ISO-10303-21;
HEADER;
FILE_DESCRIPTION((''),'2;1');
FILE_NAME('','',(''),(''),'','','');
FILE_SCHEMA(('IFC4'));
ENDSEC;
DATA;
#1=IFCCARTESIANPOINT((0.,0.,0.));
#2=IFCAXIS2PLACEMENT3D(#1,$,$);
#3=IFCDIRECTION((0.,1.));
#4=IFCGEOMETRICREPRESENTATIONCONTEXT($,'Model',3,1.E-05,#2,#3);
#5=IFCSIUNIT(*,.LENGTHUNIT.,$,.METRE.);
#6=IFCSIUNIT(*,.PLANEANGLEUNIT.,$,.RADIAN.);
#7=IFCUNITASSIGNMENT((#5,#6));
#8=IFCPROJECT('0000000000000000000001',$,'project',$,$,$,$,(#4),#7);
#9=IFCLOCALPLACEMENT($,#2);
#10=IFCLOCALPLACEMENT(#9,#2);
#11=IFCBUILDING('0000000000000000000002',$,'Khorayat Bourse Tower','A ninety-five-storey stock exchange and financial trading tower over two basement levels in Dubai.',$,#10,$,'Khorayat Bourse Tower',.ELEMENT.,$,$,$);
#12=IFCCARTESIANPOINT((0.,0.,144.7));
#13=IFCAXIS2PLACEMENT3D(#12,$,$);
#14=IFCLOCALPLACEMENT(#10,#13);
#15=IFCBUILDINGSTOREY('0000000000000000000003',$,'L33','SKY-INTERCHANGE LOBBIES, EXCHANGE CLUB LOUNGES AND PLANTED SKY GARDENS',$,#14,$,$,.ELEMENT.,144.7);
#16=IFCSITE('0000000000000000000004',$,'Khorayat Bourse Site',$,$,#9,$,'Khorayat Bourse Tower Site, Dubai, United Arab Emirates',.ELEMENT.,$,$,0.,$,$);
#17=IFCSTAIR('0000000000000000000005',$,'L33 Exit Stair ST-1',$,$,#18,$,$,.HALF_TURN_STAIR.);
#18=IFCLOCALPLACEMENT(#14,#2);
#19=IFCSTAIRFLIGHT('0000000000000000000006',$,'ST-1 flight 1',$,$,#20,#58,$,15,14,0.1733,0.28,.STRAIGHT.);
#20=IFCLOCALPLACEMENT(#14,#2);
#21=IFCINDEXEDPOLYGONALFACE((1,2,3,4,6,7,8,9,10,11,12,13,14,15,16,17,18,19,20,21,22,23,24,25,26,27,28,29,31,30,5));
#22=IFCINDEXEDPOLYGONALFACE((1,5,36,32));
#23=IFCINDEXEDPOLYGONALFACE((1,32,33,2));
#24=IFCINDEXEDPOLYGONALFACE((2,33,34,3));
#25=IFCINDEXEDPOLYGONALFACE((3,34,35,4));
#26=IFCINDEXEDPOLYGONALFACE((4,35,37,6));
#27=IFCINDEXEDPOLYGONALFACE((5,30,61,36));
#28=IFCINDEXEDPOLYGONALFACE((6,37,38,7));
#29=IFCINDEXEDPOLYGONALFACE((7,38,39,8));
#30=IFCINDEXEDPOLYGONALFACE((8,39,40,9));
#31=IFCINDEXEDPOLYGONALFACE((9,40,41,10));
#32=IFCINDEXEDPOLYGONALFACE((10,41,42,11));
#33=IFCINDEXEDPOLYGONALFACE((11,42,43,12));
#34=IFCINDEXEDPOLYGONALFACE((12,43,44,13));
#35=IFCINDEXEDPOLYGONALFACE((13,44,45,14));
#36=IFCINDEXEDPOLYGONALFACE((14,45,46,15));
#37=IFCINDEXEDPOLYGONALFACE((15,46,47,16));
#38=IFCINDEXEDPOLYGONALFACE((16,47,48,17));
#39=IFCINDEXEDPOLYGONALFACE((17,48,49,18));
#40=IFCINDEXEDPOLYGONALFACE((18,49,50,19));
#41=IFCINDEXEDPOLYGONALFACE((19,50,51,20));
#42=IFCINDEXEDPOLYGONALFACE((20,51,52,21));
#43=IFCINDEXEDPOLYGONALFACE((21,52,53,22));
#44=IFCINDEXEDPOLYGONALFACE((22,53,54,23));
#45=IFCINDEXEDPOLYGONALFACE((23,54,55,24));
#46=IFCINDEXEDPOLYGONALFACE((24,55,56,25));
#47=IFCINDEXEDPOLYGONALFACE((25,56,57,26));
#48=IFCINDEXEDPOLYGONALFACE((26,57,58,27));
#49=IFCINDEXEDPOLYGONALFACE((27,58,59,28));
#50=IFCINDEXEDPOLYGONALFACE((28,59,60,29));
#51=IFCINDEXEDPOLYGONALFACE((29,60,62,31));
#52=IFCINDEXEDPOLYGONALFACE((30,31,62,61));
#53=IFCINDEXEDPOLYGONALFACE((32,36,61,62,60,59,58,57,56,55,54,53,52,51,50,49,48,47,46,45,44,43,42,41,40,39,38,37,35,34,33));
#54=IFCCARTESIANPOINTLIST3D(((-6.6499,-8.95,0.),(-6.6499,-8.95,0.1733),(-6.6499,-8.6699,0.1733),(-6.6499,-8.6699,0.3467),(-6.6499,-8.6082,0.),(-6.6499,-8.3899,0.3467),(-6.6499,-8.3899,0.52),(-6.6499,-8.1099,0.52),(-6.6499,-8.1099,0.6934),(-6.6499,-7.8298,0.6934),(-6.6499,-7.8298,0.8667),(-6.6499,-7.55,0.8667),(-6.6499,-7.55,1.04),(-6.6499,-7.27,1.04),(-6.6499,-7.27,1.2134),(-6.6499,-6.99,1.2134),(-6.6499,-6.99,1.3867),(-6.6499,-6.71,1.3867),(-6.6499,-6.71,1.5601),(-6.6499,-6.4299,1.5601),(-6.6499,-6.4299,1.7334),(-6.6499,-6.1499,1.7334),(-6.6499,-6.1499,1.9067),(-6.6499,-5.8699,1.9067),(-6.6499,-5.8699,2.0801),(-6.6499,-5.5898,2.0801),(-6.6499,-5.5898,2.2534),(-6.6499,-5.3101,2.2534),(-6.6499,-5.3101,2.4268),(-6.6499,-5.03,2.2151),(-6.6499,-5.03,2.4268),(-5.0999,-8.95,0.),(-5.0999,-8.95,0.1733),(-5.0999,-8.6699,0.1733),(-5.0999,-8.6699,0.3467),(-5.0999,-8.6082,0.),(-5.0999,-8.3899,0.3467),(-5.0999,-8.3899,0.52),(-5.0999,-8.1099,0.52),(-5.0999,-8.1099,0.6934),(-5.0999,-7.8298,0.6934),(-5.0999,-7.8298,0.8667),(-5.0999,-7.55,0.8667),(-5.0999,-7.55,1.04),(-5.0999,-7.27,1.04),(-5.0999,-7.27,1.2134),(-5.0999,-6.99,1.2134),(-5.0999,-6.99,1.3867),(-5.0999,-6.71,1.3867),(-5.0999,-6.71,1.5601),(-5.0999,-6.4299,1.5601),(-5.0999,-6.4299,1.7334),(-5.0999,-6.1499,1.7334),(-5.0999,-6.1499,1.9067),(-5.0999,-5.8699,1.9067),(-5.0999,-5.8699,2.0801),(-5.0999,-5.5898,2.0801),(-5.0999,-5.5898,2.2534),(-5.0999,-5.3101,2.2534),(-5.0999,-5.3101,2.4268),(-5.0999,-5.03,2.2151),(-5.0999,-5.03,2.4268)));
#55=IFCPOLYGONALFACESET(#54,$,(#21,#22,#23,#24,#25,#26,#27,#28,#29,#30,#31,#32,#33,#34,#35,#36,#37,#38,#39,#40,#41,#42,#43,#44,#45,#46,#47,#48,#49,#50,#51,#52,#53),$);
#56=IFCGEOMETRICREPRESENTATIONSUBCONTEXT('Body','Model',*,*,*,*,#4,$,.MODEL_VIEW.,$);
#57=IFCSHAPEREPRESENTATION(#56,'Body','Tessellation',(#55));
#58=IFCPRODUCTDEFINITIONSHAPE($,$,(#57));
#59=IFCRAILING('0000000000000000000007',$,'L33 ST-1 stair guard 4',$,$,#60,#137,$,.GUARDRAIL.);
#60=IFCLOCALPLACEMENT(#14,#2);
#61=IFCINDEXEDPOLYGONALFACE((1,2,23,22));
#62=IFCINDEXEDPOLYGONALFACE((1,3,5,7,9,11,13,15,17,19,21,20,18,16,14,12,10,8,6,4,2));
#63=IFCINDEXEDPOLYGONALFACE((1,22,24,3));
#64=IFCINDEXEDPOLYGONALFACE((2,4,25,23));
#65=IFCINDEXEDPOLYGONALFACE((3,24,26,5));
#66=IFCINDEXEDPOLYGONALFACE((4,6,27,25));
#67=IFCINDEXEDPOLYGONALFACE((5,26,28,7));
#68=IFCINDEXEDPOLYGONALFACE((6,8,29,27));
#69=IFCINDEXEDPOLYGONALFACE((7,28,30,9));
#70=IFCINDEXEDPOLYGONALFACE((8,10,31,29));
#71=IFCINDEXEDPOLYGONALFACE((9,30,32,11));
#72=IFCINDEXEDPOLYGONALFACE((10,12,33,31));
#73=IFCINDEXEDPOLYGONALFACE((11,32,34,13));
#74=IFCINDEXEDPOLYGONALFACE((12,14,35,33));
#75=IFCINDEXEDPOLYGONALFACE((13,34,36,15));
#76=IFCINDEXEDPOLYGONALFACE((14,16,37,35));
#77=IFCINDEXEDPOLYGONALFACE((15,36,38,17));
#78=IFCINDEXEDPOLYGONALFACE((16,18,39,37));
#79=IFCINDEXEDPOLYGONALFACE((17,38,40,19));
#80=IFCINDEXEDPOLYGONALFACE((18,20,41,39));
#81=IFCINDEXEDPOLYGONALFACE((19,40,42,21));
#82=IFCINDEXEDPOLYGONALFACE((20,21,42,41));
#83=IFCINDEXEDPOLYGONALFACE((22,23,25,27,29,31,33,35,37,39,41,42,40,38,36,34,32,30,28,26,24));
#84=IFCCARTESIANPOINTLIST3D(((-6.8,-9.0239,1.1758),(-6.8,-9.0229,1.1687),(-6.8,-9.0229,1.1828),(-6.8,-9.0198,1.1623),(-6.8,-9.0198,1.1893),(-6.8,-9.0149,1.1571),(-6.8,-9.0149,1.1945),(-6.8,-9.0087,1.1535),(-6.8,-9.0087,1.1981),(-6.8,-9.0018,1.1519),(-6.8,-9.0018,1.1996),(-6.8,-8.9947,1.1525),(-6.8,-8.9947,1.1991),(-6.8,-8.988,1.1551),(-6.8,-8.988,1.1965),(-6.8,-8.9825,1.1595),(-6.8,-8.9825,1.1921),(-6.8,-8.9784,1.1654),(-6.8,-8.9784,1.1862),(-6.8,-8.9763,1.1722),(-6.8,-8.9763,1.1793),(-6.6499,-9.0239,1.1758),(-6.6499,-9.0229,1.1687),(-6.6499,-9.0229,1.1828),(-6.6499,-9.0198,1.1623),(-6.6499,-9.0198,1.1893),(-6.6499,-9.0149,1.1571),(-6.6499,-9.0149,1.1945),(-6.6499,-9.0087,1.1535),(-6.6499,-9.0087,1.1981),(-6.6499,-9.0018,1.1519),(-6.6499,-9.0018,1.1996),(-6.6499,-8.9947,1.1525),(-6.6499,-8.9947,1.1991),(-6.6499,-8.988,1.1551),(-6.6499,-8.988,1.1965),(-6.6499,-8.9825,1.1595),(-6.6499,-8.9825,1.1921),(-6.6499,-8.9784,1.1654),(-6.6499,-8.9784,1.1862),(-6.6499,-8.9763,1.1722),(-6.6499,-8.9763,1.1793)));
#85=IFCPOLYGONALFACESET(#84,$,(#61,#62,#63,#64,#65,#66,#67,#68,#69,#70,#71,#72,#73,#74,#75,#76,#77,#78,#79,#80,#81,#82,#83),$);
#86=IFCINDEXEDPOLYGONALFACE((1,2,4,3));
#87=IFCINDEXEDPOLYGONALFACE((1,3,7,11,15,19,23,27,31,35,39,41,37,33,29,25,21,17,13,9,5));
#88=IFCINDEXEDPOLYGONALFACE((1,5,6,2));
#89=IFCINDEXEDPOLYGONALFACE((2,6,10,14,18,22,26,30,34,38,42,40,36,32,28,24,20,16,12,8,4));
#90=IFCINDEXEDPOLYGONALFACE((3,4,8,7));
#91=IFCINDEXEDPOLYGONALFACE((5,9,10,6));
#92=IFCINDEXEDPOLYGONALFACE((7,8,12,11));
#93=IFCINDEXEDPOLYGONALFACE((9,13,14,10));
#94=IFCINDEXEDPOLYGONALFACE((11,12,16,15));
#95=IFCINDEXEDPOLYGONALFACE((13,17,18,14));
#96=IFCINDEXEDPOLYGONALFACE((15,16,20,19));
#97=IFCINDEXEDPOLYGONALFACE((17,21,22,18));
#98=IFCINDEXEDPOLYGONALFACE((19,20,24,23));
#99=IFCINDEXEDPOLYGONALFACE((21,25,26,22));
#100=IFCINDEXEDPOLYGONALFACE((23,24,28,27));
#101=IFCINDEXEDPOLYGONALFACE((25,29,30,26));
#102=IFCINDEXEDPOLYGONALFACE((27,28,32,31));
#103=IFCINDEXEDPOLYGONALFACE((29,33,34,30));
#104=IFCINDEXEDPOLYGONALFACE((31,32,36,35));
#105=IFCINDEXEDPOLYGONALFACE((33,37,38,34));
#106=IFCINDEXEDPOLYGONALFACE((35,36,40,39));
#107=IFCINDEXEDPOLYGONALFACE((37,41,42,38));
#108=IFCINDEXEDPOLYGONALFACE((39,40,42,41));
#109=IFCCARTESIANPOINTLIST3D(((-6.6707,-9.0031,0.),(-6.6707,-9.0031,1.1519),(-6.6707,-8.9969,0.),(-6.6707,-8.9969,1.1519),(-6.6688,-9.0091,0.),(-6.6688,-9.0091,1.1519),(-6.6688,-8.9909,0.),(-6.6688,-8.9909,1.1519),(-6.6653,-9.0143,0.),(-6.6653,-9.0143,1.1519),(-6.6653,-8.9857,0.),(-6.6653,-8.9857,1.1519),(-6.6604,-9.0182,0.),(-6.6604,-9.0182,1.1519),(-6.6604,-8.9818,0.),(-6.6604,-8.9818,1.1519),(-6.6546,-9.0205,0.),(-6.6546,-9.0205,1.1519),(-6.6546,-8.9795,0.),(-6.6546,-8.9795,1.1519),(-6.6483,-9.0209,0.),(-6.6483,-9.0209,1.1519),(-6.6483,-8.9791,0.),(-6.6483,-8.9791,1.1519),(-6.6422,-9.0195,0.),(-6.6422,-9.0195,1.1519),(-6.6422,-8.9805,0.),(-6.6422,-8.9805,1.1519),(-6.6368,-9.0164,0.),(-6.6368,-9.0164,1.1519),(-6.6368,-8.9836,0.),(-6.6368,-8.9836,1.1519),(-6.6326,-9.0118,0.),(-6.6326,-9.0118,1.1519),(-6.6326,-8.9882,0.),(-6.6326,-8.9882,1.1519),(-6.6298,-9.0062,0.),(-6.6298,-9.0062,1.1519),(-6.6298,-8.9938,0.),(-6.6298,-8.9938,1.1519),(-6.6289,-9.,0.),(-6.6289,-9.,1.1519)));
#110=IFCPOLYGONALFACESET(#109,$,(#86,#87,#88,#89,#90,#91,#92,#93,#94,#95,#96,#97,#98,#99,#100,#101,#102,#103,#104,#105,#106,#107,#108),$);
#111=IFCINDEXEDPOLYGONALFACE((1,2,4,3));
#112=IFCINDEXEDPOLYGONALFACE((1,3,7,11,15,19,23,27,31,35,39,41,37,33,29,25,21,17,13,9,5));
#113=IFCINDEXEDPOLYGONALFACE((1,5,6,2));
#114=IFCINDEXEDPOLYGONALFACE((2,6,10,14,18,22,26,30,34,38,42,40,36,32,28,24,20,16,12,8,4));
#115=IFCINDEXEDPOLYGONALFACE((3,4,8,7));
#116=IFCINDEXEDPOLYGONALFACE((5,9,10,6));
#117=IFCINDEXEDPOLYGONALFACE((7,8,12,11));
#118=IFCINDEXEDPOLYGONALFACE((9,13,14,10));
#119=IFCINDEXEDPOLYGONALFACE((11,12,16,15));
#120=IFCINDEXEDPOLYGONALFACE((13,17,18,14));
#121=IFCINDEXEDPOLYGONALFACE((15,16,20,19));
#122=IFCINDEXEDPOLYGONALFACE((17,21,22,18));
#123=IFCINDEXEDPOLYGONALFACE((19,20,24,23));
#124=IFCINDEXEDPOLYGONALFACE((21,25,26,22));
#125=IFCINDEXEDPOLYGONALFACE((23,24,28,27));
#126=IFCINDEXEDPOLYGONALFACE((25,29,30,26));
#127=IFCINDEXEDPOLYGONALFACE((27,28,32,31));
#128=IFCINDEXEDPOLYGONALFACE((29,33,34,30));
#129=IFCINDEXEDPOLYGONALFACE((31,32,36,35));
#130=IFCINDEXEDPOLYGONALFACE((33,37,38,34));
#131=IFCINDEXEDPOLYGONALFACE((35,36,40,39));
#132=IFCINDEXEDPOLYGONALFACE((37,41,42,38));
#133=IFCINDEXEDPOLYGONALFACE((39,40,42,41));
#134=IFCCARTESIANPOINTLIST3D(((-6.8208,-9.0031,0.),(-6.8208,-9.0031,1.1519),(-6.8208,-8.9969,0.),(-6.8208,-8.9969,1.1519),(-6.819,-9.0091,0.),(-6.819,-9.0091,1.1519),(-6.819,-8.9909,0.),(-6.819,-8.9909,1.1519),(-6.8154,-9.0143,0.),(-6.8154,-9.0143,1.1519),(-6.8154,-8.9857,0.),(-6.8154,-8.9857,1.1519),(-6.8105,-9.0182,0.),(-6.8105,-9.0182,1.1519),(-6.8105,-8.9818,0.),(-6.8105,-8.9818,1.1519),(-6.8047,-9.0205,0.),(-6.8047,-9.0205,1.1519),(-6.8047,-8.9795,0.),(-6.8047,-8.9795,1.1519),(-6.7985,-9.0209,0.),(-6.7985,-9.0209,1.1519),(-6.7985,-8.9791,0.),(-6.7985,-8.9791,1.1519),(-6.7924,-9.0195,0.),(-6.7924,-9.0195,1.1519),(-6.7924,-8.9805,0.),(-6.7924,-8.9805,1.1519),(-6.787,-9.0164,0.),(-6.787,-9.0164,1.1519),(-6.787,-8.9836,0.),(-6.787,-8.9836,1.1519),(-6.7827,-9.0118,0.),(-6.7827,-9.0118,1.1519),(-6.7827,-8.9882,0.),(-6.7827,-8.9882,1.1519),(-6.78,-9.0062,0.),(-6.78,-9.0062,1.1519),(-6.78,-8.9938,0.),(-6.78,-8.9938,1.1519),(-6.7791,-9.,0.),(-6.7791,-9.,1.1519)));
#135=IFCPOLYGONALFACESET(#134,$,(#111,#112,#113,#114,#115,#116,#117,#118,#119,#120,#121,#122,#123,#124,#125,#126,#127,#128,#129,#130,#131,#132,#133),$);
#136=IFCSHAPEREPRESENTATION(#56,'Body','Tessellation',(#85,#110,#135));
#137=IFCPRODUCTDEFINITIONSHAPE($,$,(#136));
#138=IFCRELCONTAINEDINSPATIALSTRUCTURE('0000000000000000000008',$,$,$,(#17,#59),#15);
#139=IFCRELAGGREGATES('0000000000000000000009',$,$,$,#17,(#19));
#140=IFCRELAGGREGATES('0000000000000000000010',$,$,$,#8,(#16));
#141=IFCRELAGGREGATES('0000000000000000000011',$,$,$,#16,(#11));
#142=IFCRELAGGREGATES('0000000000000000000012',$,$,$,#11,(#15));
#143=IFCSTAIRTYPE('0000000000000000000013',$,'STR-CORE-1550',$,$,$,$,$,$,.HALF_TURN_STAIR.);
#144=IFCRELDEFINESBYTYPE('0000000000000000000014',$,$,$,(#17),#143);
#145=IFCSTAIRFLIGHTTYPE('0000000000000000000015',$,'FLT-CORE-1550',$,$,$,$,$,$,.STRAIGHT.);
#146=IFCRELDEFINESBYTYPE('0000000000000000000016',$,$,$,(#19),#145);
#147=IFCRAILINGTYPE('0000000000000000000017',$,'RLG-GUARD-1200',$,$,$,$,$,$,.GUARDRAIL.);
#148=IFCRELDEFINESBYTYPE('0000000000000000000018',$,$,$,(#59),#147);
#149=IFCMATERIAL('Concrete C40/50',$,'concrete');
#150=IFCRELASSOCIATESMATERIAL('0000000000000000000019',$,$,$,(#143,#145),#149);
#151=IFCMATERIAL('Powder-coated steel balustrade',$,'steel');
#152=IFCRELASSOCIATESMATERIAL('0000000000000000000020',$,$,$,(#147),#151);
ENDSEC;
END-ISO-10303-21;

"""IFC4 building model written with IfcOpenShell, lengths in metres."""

from ifc_helpers import new_model, si_unit, direction, frame, origin, origin_2d, place, context, subcontext, project, spatial, polyline, circle, outline, extrude, source, transform, mapped, material, type_object, element, aggregate, save


model = new_model("IFC4")

# Units and contexts
model_context = context("Model", 3, precision=1e-05, world=origin(), true_north=direction((0.0, 1.0)))
body_context = subcontext(model_context, "Body", "Model", "MODEL_VIEW")
ifc_project = project(units=[si_unit("LENGTHUNIT", "METRE"), si_unit("PLANEANGLEUNIT", "RADIAN")], contexts=[model_context])

# Site, building, storey
site_placement = place(None, origin())
site = spatial("IfcSite", under=ifc_project, at=site_placement, Name="Khorayat Bourse Site", LongName="Khorayat Bourse Tower Site, Dubai, United Arab Emirates", CompositionType="ELEMENT", RefElevation=0.0)
building_placement = place(site_placement, origin())
building = spatial("IfcBuilding", under=site, at=building_placement, Name="Khorayat Bourse Tower", Description="A ninety-five-storey stock exchange and financial trading tower over two basement levels in Dubai.", LongName="Khorayat Bourse Tower", CompositionType="ELEMENT")
storey_placement = place(building_placement, frame((0.0, 0.0, 144.7)))
storey = spatial("IfcBuildingStorey", under=building, at=storey_placement, Name="L33", Description="SKY-INTERCHANGE LOBBIES, EXCHANGE CLUB LOUNGES AND PLANTED SKY GARDENS", CompositionType="ELEMENT", Elevation=144.7)

# Stair, stair flight
ifc_material_1 = material(Name="Concrete C40/50", Category="concrete")
stair_type = type_object("IfcStairType", Name="STR-CORE-1550", PredefinedType="HALF_TURN_STAIR", material=ifc_material_1)
stair_placement = place(storey_placement, origin())
stair = element("IfcStair", 1, at=stair_placement, inside=storey, type_object=stair_type, Name="L33 Exit Stair ST-1", PredefinedType="HALF_TURN_STAIR")
stair_flight_type = type_object("IfcStairFlightType", Name="FLT-CORE-1550", PredefinedType="STRAIGHT", material=ifc_material_1)
shared_shape_1 = source(origin(), body_context, "Body", "SweptSolid", [
    extrude(outline(polyline([(0.0, 0.0), (0.0, 0.1733), (0.28, 0.1733), (0.28, 0.3467), (0.5601, 0.3467), (0.5601, 0.52), (0.8401, 0.52), (0.8401, 0.6934), (1.1201, 0.6934), (1.1201, 0.8667), (1.3999, 0.8667), (1.3999, 1.04), (1.6799, 1.04), (1.6799, 1.2134), (1.96, 1.2134), (1.96, 1.3867), (2.24, 1.3867), (2.24, 1.5601), (2.52, 1.5601), (2.52, 1.7334), (2.8, 1.7334), (2.8, 1.9067), (3.0801, 1.9067), (3.0801, 2.0801), (3.3601, 2.0801), (3.3601, 2.2534), (3.6399, 2.2534), (3.6399, 2.4268), (3.9199, 2.4268), (3.9199, 2.6001), (3.9199, 2.2151), (0.3418, 0.0), (0.0, 0.0)])), frame((0.0, 0.7749, 0.0), z_axis=(0.0, -1.0, 0.0), x_axis=(1.0, 0.0, 0.0)), (0.0, 0.0, 1.0), 1.55),
])
stair_flight_placement = place(storey_placement, frame((-5.875, -8.95, 0.0), z_axis=(0.0, 0.0, 1.0), x_axis=(0.0, 1.0, 0.0)))
stair_flight = element("IfcStairFlight", 2, at=stair_flight_placement, type_object=stair_flight_type, Name="ST-1 flight 1", NumberOfRisers=15, NumberOfTreads=14, PredefinedType="STRAIGHT", RiserHeight=0.1733, TreadLength=0.28, context=body_context, shape_type="MappedRepresentation", body=[
    mapped(shared_shape_1, transform((0.0, 0.0, 0.0), scale=1.0)),
])
aggregate(stair, [stair_flight])

# Railing
ifc_material_2 = material(Name="Powder-coated steel balustrade", Category="steel")
railing_type = type_object("IfcRailingType", Name="RLG-GUARD-1200", PredefinedType="GUARDRAIL", material=ifc_material_2)
shared_shape_2 = source(origin(), body_context, "Body", "SweptSolid", [
    extrude(circle(Radius=0.0239, at=origin_2d()), frame((0.0, 0.0, 1.1758), z_axis=(-1.0, 0.0, 0.0), x_axis=(0.0, -1.0, 0.0)), (0.0, 0.0, 1.0), 0.1501),
    extrude(circle(Radius=0.021, at=origin_2d()), origin(), (0.0, 0.0, 1.0), 1.1519),
    extrude(circle(Radius=0.021, at=origin_2d()), frame((-0.1501, 0.0, 0.0)), (0.0, 0.0, 1.0), 1.1519),
])
railing_1_placement = place(storey_placement, frame((-6.6499, -9.0, 0.0)))
element("IfcRailing", 3, at=railing_1_placement, inside=storey, type_object=railing_type, Name="L33 ST-1 stair guard 4", PredefinedType="GUARDRAIL", context=body_context, shape_type="MappedRepresentation", body=[
    mapped(shared_shape_2, transform((0.0, 0.0, 0.0), scale=1.0)),
])

save(model, "model.ifc")
